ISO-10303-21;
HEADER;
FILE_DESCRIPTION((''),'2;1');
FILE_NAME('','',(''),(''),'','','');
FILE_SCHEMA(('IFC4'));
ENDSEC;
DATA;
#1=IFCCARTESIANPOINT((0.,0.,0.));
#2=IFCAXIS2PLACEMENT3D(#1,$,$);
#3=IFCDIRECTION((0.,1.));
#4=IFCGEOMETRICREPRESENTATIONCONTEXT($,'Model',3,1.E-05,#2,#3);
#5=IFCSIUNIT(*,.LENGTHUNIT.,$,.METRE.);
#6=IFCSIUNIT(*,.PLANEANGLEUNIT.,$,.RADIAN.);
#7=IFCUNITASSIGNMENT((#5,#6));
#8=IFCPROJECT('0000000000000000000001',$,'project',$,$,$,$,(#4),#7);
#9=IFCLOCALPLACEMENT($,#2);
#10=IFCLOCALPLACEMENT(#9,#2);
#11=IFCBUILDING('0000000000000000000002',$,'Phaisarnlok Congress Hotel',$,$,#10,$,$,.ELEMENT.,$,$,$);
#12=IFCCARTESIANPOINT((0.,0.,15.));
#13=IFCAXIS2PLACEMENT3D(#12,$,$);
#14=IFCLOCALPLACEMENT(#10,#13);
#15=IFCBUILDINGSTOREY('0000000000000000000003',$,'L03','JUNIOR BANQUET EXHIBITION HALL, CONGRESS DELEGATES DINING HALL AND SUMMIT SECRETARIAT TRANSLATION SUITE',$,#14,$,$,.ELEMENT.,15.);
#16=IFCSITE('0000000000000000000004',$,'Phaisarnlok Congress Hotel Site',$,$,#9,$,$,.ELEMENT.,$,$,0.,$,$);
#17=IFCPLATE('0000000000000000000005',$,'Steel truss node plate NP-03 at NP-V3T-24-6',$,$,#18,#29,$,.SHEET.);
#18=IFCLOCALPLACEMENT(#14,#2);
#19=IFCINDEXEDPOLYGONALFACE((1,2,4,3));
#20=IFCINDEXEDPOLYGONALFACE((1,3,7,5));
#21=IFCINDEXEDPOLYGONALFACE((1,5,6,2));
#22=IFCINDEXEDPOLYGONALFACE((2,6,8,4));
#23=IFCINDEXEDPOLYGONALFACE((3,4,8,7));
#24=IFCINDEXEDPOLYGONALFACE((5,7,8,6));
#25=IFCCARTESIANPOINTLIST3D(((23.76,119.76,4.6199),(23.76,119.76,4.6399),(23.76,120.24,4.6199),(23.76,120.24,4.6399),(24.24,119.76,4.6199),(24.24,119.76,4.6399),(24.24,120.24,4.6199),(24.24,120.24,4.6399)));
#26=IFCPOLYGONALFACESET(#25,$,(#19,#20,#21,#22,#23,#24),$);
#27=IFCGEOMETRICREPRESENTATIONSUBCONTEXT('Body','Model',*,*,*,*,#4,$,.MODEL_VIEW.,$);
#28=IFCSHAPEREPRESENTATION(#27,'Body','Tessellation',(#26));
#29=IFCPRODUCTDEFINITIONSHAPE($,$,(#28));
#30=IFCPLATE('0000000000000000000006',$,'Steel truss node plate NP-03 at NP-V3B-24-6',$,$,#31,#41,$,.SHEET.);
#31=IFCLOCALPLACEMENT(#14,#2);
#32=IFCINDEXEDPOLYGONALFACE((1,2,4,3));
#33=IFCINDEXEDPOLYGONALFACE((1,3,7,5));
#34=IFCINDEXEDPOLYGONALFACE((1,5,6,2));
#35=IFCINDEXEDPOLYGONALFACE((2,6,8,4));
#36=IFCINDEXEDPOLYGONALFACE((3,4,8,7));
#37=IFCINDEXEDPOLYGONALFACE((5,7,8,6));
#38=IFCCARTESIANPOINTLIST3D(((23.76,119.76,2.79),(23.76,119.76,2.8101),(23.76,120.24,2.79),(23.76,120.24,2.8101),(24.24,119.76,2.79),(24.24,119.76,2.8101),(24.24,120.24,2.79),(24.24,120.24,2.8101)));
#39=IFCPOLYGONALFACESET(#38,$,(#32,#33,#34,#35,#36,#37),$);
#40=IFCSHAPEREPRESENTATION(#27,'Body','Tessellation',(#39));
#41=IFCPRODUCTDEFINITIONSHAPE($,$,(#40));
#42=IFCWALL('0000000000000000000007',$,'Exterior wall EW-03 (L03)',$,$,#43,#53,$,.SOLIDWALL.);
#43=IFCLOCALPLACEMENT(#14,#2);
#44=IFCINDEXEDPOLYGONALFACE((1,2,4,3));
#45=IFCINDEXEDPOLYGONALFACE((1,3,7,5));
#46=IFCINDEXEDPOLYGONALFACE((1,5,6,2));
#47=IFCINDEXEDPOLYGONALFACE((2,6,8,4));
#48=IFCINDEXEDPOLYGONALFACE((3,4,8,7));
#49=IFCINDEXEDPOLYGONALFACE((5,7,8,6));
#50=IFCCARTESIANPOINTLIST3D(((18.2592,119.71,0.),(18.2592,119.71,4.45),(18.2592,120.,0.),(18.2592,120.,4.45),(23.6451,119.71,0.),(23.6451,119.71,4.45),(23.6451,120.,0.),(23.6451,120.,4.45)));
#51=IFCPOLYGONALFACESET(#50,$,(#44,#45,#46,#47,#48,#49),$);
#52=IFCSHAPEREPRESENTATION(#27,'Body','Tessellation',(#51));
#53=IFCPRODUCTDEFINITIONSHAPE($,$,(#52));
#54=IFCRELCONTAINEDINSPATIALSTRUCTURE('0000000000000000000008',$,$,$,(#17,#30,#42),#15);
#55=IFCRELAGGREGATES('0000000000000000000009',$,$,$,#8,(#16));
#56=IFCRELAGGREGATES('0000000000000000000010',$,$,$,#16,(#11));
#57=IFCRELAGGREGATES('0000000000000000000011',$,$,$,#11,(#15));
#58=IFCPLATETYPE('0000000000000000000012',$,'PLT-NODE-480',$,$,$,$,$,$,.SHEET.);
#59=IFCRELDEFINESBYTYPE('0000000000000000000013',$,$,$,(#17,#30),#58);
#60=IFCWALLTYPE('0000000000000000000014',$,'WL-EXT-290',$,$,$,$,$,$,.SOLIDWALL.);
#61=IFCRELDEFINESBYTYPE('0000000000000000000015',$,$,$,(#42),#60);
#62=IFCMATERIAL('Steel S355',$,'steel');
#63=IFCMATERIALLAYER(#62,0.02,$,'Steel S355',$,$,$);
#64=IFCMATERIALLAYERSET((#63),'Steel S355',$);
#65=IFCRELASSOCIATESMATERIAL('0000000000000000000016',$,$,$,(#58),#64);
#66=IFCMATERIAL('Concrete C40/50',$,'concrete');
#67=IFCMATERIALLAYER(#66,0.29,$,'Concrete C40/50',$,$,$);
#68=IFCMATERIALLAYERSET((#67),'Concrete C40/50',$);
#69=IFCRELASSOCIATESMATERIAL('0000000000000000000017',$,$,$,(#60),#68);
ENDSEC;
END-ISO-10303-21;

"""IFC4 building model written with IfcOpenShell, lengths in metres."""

from ifc_helpers import new_model, si_unit, direction, frame, frame_2d, origin, origin_2d, place, context, subcontext, project, spatial, rectangle, extrude, material, layer, layer_set, type_object, element, save


model = new_model("IFC4")

# Units and contexts
model_context = context("Model", 3, precision=1e-05, world=origin(), true_north=direction((0.0, 1.0)))
body_context = subcontext(model_context, "Body", "Model", "MODEL_VIEW")
ifc_project = project(units=[si_unit("LENGTHUNIT", "METRE"), si_unit("PLANEANGLEUNIT", "RADIAN")], contexts=[model_context])

# Site, building, storey
site_placement = place(None, origin())
site = spatial("IfcSite", under=ifc_project, at=site_placement, Name="Phaisarnlok Congress Hotel Site", CompositionType="ELEMENT", RefElevation=0.0)
building_placement = place(site_placement, origin())
building = spatial("IfcBuilding", under=site, at=building_placement, Name="Phaisarnlok Congress Hotel", CompositionType="ELEMENT")
storey_placement = place(building_placement, frame((0.0, 0.0, 15.0)))
storey = spatial("IfcBuildingStorey", under=building, at=storey_placement, Name="L03", Description="JUNIOR BANQUET EXHIBITION HALL, CONGRESS DELEGATES DINING HALL AND SUMMIT SECRETARIAT TRANSLATION SUITE", CompositionType="ELEMENT", Elevation=15.0)

# Shared definitions
ifc_material_1 = material(Name="Steel S355", Category="steel")

# Plates
ifc_layer_1 = layer(ifc_material_1, 0.02, Name="Steel S355")
ifc_layer_set_1 = layer_set([ifc_layer_1], Name="Steel S355")
plate_type_1 = type_object("IfcPlateType", Name="PLT-NODE-480", PredefinedType="SHEET", material=ifc_layer_set_1)
for number, where, z_axis, x_axis, name in (
    (1, (24.0, 120.0, 4.6199), (0.0, 0.0, 1.0), (1.0, 0.0, 0.0), "Steel truss node plate NP-03 at NP-V3T-24-6"),
    (2, (24.0, 120.0, 2.79), (0.0, 0.0, 1.0), (1.0, 0.0, 0.0), "Steel truss node plate NP-03 at NP-V3B-24-6"),
):
    element("IfcPlate", number, at=place(storey_placement, frame(where, z_axis=z_axis, x_axis=x_axis)), inside=storey, type_object=plate_type_1, Name=name, PredefinedType="SHEET", context=body_context, shape_type="SweptSolid", body=[
        extrude(rectangle(XDim=0.48, YDim=0.48, at=origin_2d()), origin(), (0.0, 0.0, 1.0), 0.02),
    ])

# Wall
ifc_material_2 = material(Name="Concrete C40/50", Category="concrete")
ifc_layer_2 = layer(ifc_material_2, 0.29, Name="Concrete C40/50")
ifc_layer_set_2 = layer_set([ifc_layer_2], Name="Concrete C40/50")
wall_type = type_object("IfcWallType", Name="WL-EXT-290", PredefinedType="SOLIDWALL", material=ifc_layer_set_2)
wall_placement = place(storey_placement, frame((23.645, 119.855, 0.0), z_axis=(0.0, 0.0, 1.0), x_axis=(-1.0, 0.0, 0.0)))
element("IfcWall", 3, at=wall_placement, inside=storey, type_object=wall_type, Name="Exterior wall EW-03 (L03)", PredefinedType="SOLIDWALL", context=body_context, shape_type="SweptSolid", body=[
    extrude(rectangle(XDim=5.386, YDim=0.29, at=frame_2d((2.6929, 0.0))), origin(), (0.0, 0.0, 1.0), 4.45),
])

save(model, "model.ifc")
